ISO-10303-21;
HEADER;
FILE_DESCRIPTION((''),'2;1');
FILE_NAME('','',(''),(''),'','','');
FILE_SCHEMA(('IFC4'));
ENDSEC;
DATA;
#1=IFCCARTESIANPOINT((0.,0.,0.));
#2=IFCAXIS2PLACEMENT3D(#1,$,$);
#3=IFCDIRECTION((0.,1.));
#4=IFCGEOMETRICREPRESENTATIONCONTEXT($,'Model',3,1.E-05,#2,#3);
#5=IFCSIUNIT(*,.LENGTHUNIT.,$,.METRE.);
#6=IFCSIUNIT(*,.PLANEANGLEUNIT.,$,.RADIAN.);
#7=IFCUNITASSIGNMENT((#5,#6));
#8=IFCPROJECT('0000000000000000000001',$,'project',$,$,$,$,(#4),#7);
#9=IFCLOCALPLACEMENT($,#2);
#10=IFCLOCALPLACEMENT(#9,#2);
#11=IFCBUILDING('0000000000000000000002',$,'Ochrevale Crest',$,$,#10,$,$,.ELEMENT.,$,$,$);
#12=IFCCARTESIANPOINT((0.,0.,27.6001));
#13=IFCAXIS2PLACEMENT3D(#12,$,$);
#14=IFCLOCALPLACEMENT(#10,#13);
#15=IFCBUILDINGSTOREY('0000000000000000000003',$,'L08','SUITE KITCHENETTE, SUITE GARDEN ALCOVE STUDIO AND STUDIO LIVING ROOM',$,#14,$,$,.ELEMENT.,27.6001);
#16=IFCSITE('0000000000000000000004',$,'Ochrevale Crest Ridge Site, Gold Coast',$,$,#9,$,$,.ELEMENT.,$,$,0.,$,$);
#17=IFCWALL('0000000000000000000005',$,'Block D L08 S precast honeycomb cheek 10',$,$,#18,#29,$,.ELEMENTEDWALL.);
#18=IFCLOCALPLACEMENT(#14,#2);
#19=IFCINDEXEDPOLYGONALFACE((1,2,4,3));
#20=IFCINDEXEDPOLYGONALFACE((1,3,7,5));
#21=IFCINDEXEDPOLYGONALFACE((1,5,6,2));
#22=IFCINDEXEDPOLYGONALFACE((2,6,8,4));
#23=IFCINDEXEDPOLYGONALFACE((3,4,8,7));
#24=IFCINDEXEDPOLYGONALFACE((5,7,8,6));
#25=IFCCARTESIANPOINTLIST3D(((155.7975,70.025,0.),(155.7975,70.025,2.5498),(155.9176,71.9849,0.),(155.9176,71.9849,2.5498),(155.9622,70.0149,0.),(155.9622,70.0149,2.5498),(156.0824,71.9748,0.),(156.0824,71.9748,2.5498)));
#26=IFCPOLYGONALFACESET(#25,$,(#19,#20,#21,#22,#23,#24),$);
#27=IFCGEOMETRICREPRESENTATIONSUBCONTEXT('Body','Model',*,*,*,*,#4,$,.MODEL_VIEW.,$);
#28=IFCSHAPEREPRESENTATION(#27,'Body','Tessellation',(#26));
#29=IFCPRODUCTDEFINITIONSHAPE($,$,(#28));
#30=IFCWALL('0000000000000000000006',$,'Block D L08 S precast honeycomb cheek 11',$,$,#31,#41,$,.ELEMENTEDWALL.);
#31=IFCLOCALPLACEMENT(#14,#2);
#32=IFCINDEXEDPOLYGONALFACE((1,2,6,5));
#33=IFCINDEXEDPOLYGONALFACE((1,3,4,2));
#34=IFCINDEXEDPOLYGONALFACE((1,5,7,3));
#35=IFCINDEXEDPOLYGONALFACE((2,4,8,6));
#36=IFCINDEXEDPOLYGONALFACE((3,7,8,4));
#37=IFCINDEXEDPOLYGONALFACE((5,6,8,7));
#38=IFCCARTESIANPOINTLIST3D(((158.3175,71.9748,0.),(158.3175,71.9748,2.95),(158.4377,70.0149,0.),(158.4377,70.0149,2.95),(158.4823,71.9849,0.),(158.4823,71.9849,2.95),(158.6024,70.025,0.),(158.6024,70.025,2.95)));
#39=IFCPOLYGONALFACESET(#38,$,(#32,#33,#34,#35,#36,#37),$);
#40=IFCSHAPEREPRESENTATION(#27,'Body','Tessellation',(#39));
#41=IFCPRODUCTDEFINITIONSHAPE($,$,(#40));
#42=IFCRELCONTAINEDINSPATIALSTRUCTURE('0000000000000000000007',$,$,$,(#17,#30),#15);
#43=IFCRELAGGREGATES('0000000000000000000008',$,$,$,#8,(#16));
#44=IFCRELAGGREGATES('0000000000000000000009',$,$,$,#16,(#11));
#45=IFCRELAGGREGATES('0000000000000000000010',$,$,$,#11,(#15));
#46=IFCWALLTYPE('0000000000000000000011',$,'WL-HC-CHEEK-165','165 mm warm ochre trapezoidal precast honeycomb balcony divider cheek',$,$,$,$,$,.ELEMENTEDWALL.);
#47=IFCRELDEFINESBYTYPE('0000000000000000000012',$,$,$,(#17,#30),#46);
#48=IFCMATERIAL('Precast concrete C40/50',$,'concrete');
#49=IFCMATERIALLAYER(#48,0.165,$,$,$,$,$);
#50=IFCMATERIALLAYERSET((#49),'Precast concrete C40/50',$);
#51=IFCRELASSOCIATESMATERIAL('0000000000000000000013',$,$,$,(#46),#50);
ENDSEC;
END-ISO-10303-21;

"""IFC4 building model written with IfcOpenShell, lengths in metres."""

from ifc_helpers import new_model, si_unit, direction, frame, frame_2d, origin, place, context, subcontext, project, spatial, rectangle, extrude, material, layer, layer_set, type_object, element, save


model = new_model("IFC4")

# Units and contexts
model_context = context("Model", 3, precision=1e-05, world=origin(), true_north=direction((0.0, 1.0)))
body_context = subcontext(model_context, "Body", "Model", "MODEL_VIEW")
ifc_project = project(units=[si_unit("LENGTHUNIT", "METRE"), si_unit("PLANEANGLEUNIT", "RADIAN")], contexts=[model_context])

# Site, building, storey
site_placement = place(None, origin())
site = spatial("IfcSite", under=ifc_project, at=site_placement, Name="Ochrevale Crest Ridge Site, Gold Coast", CompositionType="ELEMENT", RefElevation=0.0)
building_placement = place(site_placement, origin())
building = spatial("IfcBuilding", under=site, at=building_placement, Name="Ochrevale Crest", CompositionType="ELEMENT")
storey_placement = place(building_placement, frame((0.0, 0.0, 27.6001)))
storey = spatial("IfcBuildingStorey", under=building, at=storey_placement, Name="L08", Description="SUITE KITCHENETTE, SUITE GARDEN ALCOVE STUDIO AND STUDIO LIVING ROOM", CompositionType="ELEMENT", Elevation=27.6001)

# Shared definitions
ifc_material_1 = material(Name="Precast concrete C40/50", Category="concrete")

# Walls
ifc_layer_1 = layer(ifc_material_1, 0.165)
ifc_layer_set_1 = layer_set([ifc_layer_1], Name="Precast concrete C40/50")
wall_type = type_object("IfcWallType", Name="WL-HC-CHEEK-165", Description="165 mm warm ochre trapezoidal precast honeycomb balcony divider cheek", PredefinedType="ELEMENTEDWALL", material=ifc_layer_set_1)
for number, where, z_axis, x_axis, name in (
    (1, (156.0, 71.98, 0.0), (0.0, 0.0, 1.0), (-0.061171, -0.998127, 0.0), "Block D L08 S precast honeycomb cheek 10"),
):
    element("IfcWall", number, at=place(storey_placement, frame(where, z_axis=z_axis, x_axis=x_axis)), inside=storey, type_object=wall_type, Name=name, PredefinedType="ELEMENTEDWALL", context=body_context, shape_type="SweptSolid", body=[
        extrude(rectangle(XDim=1.9636, YDim=0.165, at=frame_2d((0.9819, 0.0))), origin(), (0.0, 0.0, 1.0), 2.5498),
    ])
wall_1_placement = place(storey_placement, frame((158.3999, 71.98, 0.0), z_axis=(0.0, 0.0, 1.0), x_axis=(0.061171, -0.998127, 0.0)))
element("IfcWall", 2, at=wall_1_placement, inside=storey, type_object=wall_type, Name="Block D L08 S precast honeycomb cheek 11", PredefinedType="ELEMENTEDWALL", context=body_context, shape_type="SweptSolid", body=[
    extrude(rectangle(XDim=1.9636, YDim=0.165, at=frame_2d((0.9819, 0.0))), origin(), (0.0, 0.0, 1.0), 2.95),
])

save(model, "model.ifc")
